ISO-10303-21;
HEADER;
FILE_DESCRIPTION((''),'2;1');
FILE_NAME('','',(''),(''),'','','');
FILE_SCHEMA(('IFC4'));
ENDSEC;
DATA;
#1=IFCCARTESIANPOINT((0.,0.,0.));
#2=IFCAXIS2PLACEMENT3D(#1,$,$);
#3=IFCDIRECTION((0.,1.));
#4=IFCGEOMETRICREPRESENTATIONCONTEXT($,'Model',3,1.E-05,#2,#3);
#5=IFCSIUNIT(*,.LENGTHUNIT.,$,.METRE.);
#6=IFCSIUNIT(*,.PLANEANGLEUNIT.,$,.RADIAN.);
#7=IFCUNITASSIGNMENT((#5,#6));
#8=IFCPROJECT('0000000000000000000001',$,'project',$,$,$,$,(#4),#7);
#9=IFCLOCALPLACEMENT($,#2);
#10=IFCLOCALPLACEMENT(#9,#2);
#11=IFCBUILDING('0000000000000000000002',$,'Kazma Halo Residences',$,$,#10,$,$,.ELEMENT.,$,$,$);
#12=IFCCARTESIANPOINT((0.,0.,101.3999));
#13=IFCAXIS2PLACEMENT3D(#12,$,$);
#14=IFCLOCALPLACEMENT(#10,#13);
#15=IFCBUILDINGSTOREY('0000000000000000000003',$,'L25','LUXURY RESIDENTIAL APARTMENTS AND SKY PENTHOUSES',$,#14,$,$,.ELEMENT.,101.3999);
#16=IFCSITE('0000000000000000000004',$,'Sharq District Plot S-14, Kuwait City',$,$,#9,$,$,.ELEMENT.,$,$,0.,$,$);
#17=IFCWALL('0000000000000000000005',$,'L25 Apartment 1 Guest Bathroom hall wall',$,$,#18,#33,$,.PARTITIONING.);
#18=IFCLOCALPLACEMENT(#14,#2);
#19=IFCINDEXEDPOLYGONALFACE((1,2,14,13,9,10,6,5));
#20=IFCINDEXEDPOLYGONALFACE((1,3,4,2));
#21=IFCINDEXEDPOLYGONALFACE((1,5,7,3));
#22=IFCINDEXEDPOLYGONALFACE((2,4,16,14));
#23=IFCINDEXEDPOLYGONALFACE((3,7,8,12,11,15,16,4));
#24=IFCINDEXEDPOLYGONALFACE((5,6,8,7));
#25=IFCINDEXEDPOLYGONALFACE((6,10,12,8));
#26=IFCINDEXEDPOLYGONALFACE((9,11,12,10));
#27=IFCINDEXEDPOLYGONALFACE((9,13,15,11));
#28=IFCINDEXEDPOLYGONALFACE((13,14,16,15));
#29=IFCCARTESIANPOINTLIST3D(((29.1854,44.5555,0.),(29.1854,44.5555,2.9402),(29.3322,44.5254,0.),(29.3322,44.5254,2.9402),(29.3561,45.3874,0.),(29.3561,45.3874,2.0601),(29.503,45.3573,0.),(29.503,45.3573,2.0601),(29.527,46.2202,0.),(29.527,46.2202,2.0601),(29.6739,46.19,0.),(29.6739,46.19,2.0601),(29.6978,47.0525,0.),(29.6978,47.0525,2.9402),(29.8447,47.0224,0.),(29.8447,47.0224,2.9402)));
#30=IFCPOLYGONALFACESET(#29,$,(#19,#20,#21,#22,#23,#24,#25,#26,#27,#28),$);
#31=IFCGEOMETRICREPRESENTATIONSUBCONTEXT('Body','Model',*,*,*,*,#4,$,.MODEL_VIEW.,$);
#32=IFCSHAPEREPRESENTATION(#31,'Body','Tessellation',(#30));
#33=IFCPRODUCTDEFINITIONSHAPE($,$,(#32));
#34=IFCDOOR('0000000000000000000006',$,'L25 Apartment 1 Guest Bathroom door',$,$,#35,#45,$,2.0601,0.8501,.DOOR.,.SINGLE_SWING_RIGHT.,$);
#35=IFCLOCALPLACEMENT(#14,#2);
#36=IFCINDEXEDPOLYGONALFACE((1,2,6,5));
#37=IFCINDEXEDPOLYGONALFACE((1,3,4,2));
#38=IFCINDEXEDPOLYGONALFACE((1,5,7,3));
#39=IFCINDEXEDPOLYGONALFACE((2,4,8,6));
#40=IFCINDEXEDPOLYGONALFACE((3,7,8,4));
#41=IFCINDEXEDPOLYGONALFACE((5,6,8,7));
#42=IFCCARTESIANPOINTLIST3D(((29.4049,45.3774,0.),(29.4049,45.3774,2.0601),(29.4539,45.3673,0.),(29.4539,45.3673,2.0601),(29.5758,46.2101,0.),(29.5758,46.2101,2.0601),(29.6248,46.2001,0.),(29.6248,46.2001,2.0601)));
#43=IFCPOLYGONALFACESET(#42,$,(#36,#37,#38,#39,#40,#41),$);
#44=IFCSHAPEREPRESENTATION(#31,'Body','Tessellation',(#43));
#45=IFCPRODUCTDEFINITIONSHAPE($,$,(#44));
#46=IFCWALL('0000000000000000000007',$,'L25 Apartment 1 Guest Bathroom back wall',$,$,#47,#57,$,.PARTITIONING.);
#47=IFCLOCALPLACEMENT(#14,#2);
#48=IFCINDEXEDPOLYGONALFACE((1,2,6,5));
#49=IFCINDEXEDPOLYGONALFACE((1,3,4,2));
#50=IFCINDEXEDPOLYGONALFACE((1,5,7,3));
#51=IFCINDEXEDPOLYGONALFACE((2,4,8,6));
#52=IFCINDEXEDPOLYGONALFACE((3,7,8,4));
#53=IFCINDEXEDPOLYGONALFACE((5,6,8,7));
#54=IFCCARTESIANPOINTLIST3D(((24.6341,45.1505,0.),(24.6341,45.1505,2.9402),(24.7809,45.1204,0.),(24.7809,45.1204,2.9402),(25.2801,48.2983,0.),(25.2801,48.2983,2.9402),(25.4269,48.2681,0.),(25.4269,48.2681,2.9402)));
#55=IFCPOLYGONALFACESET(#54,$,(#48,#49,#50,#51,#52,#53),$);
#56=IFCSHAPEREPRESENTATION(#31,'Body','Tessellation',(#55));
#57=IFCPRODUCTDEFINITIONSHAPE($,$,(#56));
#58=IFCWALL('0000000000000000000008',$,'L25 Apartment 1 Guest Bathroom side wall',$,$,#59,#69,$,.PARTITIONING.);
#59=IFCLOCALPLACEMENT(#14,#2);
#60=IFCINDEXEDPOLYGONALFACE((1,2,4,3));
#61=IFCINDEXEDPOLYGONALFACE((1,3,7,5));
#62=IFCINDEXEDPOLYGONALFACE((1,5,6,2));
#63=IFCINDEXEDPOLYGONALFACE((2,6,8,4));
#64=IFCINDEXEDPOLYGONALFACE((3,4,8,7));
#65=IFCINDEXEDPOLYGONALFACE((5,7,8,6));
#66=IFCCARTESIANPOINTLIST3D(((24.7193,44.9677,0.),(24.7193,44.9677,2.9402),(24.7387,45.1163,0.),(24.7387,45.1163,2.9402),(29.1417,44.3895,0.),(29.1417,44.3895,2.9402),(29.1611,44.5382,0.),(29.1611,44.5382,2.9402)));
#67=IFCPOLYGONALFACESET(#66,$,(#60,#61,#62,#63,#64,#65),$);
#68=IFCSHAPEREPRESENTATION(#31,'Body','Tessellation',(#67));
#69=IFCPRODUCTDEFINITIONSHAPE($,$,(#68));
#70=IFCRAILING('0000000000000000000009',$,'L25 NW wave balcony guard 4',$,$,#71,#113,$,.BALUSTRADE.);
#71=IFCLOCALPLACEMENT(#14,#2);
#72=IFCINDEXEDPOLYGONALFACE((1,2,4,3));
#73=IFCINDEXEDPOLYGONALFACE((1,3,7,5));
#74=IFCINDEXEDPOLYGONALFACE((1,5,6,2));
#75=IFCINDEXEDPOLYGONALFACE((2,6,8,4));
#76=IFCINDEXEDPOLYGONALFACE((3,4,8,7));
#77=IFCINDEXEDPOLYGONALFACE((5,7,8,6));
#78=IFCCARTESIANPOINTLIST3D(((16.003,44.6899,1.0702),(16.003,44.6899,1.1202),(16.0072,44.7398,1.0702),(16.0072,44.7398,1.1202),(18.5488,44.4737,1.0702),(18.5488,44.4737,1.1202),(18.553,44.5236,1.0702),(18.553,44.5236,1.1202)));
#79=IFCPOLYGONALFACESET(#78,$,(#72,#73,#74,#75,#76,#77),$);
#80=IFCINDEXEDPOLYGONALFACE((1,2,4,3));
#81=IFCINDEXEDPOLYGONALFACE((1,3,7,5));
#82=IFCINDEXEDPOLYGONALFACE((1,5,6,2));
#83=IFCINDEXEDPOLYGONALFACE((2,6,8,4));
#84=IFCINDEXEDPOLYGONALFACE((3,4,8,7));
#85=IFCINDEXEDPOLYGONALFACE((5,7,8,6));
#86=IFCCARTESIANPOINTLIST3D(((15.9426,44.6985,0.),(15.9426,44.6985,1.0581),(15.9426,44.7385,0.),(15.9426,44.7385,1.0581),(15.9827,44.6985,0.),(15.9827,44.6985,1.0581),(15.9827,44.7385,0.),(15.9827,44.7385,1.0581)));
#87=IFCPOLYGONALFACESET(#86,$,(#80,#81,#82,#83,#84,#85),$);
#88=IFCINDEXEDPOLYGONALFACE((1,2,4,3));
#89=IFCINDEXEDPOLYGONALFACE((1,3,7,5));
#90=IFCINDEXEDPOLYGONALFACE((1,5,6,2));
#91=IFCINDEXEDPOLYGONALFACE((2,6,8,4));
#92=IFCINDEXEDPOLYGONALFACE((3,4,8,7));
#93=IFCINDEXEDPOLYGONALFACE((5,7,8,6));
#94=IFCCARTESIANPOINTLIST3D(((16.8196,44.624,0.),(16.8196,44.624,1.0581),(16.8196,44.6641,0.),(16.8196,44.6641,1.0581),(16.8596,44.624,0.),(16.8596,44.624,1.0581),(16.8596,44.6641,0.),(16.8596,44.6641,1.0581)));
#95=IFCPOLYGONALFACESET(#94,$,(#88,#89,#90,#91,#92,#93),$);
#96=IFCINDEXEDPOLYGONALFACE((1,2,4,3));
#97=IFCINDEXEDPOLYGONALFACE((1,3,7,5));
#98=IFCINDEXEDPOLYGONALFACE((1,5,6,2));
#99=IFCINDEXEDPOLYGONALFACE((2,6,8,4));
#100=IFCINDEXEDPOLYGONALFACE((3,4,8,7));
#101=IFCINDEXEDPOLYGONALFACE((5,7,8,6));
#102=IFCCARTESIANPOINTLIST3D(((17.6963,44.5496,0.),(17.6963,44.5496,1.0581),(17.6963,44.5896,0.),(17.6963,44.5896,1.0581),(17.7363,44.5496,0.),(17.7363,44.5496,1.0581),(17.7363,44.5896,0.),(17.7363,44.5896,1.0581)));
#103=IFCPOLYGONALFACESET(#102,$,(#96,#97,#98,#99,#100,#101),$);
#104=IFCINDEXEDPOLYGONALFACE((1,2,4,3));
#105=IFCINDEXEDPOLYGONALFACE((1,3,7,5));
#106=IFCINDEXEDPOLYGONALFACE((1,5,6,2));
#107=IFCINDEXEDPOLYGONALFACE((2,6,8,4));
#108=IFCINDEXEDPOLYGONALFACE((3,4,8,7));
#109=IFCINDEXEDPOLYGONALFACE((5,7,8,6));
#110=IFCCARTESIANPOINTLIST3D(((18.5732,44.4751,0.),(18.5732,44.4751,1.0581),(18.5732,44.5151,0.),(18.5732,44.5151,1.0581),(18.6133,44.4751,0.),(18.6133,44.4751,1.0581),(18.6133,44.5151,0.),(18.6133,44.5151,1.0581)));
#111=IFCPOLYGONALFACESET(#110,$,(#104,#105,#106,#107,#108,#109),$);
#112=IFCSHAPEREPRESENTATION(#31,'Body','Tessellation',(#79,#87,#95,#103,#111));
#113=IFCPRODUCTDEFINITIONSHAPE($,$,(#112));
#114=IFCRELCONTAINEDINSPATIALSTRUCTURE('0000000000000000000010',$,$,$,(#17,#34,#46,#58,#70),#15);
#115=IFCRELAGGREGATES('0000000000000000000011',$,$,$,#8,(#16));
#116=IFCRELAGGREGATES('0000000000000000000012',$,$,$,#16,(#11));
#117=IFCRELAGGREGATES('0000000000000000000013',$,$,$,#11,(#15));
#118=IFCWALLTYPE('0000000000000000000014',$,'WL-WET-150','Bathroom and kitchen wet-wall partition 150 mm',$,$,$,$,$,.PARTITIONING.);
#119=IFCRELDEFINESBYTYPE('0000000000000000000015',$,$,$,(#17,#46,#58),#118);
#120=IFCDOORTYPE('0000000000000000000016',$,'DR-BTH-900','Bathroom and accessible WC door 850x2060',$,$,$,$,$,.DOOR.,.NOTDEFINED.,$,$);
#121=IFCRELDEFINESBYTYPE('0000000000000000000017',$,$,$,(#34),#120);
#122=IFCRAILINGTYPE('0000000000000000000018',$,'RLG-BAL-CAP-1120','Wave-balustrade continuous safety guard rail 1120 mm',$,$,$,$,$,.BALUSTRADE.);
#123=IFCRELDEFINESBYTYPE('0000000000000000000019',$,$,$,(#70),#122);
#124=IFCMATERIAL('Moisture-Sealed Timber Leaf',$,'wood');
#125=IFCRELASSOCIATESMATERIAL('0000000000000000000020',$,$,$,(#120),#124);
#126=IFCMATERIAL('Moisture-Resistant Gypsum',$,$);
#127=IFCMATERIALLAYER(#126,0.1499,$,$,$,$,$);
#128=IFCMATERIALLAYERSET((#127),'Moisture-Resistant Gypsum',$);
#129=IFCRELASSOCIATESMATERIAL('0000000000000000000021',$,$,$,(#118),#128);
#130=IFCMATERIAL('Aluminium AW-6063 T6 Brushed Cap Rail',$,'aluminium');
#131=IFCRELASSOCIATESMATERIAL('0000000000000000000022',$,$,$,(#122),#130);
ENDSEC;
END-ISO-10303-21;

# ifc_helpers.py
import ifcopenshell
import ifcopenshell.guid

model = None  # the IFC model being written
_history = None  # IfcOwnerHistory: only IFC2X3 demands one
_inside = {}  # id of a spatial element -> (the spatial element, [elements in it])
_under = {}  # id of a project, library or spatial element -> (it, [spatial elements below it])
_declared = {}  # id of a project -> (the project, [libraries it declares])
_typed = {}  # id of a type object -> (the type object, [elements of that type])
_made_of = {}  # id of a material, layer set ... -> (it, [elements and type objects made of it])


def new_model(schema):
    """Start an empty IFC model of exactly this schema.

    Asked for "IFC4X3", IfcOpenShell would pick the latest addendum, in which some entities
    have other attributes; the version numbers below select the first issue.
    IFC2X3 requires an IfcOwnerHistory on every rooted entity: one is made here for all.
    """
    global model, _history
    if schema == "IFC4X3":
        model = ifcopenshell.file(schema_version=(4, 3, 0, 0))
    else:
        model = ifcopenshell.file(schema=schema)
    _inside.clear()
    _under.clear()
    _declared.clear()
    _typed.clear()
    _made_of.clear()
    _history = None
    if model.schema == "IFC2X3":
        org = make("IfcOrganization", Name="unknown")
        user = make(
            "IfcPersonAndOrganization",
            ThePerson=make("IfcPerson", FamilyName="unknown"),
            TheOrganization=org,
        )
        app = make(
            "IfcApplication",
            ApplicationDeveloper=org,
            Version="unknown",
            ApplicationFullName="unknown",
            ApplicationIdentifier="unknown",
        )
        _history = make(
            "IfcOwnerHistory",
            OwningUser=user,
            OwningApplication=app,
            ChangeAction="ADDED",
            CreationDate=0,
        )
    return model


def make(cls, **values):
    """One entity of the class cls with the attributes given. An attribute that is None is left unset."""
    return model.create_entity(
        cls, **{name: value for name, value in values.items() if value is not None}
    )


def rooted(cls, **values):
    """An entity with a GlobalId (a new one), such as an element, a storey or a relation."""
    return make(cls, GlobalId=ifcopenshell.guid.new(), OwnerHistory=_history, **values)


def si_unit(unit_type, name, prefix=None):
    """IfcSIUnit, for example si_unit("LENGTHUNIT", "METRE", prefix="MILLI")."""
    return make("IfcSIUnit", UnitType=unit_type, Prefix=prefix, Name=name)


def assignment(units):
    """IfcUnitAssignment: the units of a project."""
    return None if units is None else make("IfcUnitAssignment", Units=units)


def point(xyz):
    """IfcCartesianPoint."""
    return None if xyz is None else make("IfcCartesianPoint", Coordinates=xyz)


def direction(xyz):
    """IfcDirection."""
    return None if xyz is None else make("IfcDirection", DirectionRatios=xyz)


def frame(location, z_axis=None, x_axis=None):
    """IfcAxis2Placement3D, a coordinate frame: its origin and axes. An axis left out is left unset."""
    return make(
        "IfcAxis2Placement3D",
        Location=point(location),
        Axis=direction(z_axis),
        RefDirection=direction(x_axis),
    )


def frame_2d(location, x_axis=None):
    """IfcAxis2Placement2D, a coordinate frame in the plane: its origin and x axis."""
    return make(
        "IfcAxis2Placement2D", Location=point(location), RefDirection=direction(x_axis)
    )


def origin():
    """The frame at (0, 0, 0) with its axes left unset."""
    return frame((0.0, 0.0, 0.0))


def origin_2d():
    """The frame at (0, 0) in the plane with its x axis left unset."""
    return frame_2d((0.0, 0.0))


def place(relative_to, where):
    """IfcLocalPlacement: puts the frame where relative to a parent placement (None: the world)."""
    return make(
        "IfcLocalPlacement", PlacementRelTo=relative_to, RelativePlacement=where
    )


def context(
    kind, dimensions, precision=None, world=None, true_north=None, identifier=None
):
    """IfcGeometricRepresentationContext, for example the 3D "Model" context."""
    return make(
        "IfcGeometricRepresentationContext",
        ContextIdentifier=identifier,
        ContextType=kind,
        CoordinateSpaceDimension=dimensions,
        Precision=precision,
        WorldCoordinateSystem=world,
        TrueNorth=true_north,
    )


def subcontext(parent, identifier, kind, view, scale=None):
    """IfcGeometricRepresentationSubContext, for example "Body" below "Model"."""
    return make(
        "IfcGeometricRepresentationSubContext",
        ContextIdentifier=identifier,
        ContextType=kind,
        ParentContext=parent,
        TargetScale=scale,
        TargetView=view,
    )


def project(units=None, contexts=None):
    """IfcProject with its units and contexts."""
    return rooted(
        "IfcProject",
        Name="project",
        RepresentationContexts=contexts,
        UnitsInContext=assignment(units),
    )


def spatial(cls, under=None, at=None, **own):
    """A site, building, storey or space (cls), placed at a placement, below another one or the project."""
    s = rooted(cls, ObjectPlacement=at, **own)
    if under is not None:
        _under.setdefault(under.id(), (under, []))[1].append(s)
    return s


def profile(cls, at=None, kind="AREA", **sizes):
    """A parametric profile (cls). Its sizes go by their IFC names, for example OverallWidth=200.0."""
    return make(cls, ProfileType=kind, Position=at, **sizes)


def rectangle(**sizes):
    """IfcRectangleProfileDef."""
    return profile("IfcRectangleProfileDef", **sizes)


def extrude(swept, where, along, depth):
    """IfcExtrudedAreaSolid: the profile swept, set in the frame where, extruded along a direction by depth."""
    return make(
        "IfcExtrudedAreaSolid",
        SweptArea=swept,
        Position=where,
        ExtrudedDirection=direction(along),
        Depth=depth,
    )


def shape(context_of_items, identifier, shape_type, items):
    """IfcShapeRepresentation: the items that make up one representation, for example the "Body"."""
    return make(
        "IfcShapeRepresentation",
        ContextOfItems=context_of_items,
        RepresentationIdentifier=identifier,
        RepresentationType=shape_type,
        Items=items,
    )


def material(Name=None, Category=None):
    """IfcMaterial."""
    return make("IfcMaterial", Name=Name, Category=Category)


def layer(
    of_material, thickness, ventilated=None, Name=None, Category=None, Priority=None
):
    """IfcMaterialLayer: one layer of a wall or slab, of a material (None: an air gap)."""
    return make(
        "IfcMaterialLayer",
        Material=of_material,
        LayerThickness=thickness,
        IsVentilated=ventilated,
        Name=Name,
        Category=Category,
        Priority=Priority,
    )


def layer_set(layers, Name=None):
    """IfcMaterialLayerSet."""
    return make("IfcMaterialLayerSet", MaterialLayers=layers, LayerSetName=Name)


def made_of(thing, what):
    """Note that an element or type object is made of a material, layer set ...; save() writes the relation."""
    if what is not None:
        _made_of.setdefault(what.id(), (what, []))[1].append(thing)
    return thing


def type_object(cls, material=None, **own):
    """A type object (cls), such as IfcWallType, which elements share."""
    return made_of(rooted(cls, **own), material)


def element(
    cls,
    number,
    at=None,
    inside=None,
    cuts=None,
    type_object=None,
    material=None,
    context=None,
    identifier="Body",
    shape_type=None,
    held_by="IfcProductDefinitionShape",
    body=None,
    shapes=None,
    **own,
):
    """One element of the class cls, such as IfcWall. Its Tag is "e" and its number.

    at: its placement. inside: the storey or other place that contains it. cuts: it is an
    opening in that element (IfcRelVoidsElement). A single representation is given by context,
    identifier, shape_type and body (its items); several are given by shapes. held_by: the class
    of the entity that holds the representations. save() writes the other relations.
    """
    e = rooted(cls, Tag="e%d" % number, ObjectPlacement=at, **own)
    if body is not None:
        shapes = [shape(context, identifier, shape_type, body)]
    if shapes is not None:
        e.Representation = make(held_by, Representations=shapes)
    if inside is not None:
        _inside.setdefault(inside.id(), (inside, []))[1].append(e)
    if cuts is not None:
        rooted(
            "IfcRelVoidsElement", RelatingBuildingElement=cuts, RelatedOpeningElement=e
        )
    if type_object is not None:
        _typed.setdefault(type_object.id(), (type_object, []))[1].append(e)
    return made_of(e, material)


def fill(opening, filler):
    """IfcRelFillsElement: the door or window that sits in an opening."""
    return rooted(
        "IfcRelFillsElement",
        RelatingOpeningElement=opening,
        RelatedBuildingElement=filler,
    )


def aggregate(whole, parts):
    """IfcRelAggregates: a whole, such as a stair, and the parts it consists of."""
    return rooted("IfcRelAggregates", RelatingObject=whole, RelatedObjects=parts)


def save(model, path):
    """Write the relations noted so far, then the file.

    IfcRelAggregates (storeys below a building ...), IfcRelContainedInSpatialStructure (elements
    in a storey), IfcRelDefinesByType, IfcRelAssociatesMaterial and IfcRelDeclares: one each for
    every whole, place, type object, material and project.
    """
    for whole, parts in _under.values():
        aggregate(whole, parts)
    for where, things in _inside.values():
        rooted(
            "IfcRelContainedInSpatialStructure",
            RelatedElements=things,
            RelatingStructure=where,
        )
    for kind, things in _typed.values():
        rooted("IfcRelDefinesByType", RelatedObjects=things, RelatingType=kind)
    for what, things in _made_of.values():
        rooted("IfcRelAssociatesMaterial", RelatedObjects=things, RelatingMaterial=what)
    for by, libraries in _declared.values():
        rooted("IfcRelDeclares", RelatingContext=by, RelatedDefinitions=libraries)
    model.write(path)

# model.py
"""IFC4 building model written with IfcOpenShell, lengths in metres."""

from ifc_helpers import new_model, si_unit, direction, frame, frame_2d, origin, origin_2d, place, context, subcontext, project, spatial, rectangle, extrude, material, layer, layer_set, type_object, element, fill, save


model = new_model("IFC4")

# Units and contexts
model_context = context("Model", 3, precision=1e-05, world=origin(), true_north=direction((0.0, 1.0)))
body_context = subcontext(model_context, "Body", "Model", "MODEL_VIEW")
ifc_project = project(units=[si_unit("LENGTHUNIT", "METRE"), si_unit("PLANEANGLEUNIT", "RADIAN")], contexts=[model_context])

# Site, building, storey
site_placement = place(None, origin())
site = spatial("IfcSite", under=ifc_project, at=site_placement, Name="Sharq District Plot S-14, Kuwait City", CompositionType="ELEMENT", RefElevation=0.0)
building_placement = place(site_placement, origin())
building = spatial("IfcBuilding", under=site, at=building_placement, Name="Kazma Halo Residences", CompositionType="ELEMENT")
storey_placement = place(building_placement, frame((0.0, 0.0, 101.3999)))
storey = spatial("IfcBuildingStorey", under=building, at=storey_placement, Name="L25", Description="LUXURY RESIDENTIAL APARTMENTS AND SKY PENTHOUSES", CompositionType="ELEMENT", Elevation=101.3999)

# Shared definitions
ifc_material_1 = material(Name="Moisture-Sealed Timber Leaf", Category="wood")
door_type = type_object("IfcDoorType", Name="DR-BTH-900", Description="Bathroom and accessible WC door 850x2060", OperationType="NOTDEFINED", PredefinedType="DOOR", material=ifc_material_1)

# Wall, opening, door
ifc_material_2 = material(Name="Moisture-Resistant Gypsum")
ifc_layer_1 = layer(ifc_material_2, 0.1499)
ifc_layer_set_1 = layer_set([ifc_layer_1], Name="Moisture-Resistant Gypsum")
wall_type_1 = type_object("IfcWallType", Name="WL-WET-150", Description="Bathroom and kitchen wet-wall partition 150 mm", PredefinedType="PARTITIONING", material=ifc_layer_set_1)
wall_1_placement = place(storey_placement, frame((29.7712, 47.0374, 0.0), z_axis=(0.0, 0.0, 1.0), x_axis=(-0.201031, -0.979585, 0.0)))
wall_1 = element("IfcWall", 1, at=wall_1_placement, inside=storey, type_object=wall_type_1, Name="L25 Apartment 1 Guest Bathroom hall wall", PredefinedType="PARTITIONING", context=body_context, shape_type="SweptSolid", body=[
    extrude(rectangle(XDim=2.5491, YDim=0.1499, at=frame_2d((1.2744, 0.0))), origin(), (0.0, 0.0, 1.0), 2.9402),
])
opening_1_placement = place(wall_1_placement, frame((0.8496, 0.0, 0.0)))
opening_1 = element("IfcOpeningElement", 2, at=opening_1_placement, cuts=wall_1, PredefinedType="OPENING", context=body_context, shape_type="SweptSolid", body=[
    extrude(rectangle(XDim=0.8501, YDim=2.0601, at=frame_2d((0.425, 1.03))), frame((0.0, 0.085, 0.0), z_axis=(0.0, -1.0, 0.0), x_axis=(1.0, 0.0, 0.0)), (0.0, 0.0, 1.0), 0.1699),
])
door_1_placement = place(opening_1_placement, origin())
door_1 = element("IfcDoor", 3, at=door_1_placement, inside=storey, type_object=door_type, Name="L25 Apartment 1 Guest Bathroom door", OperationType="SINGLE_SWING_RIGHT", OverallHeight=2.0601, OverallWidth=0.8501, PredefinedType="DOOR", context=body_context, shape_type="SweptSolid", body=[
    extrude(rectangle(XDim=0.8501, YDim=2.0601, at=frame_2d((0.425, 1.03))), frame((0.0, 0.0249, 0.0), z_axis=(0.0, -1.0, 0.0), x_axis=(1.0, 0.0, 0.0)), (0.0, 0.0, 1.0), 0.05),
])
fill(opening_1, door_1)

# Walls
wall_2_placement = place(storey_placement, frame((25.3535, 48.2832, 0.0), z_axis=(0.0, 0.0, 1.0), x_axis=(-0.201038, -0.979584, 0.0)))
element("IfcWall", 4, at=wall_2_placement, inside=storey, type_object=wall_type_1, Name="L25 Apartment 1 Guest Bathroom back wall", PredefinedType="PARTITIONING", context=body_context, shape_type="SweptSolid", body=[
    extrude(rectangle(XDim=3.2134, YDim=0.1499, at=frame_2d((1.6067, 0.0))), origin(), (0.0, 0.0, 1.0), 2.9402),
])
wall_3_placement = place(storey_placement, frame((29.1514, 44.4639, 0.0), z_axis=(0.0, 0.0, 1.0), x_axis=(-0.991563, 0.129625, 0.0)))
element("IfcWall", 5, at=wall_3_placement, inside=storey, type_object=wall_type_1, Name="L25 Apartment 1 Guest Bathroom side wall", PredefinedType="PARTITIONING", context=body_context, shape_type="SweptSolid", body=[
    extrude(rectangle(XDim=4.46, YDim=0.1499, at=frame_2d((2.23, 0.0))), origin(), (0.0, 0.0, 1.0), 2.9402),
])

# Railing
ifc_material_3 = material(Name="Aluminium AW-6063 T6 Brushed Cap Rail", Category="aluminium")
railing_type = type_object("IfcRailingType", Name="RLG-BAL-CAP-1120", Description="Wave-balustrade continuous safety guard rail 1120 mm", PredefinedType="BALUSTRADE", material=ifc_material_3)
railing_placement = place(storey_placement, frame((15.9626, 44.7185, 0.0)))
element("IfcRailing", 6, at=railing_placement, inside=storey, type_object=railing_type, Name="L25 NW wave balcony guard 4", PredefinedType="BALUSTRADE", context=body_context, shape_type="SweptSolid", body=[
    extrude(rectangle(XDim=0.05, YDim=0.05, at=origin_2d()), frame((0.0425, -0.0037, 1.0952), z_axis=(0.996414, -0.084614, 0.0), x_axis=(0.084614, 0.996414, 0.0)), (0.0, 0.0, 1.0), 2.5549),
    extrude(rectangle(XDim=0.04, YDim=0.04, at=origin_2d()), origin(), (0.0, 0.0, 1.0), 1.0581),
    extrude(rectangle(XDim=0.04, YDim=0.04, at=origin_2d()), frame((0.877, -0.0745, 0.0)), (0.0, 0.0, 1.0), 1.0581),
    extrude(rectangle(XDim=0.04, YDim=0.04, at=origin_2d()), frame((1.7537, -0.1489, 0.0)), (0.0, 0.0, 1.0), 1.0581),
    extrude(rectangle(XDim=0.04, YDim=0.04, at=origin_2d()), frame((2.6306, -0.2234, 0.0)), (0.0, 0.0, 1.0), 1.0581),
])

save(model, "model.ifc")
